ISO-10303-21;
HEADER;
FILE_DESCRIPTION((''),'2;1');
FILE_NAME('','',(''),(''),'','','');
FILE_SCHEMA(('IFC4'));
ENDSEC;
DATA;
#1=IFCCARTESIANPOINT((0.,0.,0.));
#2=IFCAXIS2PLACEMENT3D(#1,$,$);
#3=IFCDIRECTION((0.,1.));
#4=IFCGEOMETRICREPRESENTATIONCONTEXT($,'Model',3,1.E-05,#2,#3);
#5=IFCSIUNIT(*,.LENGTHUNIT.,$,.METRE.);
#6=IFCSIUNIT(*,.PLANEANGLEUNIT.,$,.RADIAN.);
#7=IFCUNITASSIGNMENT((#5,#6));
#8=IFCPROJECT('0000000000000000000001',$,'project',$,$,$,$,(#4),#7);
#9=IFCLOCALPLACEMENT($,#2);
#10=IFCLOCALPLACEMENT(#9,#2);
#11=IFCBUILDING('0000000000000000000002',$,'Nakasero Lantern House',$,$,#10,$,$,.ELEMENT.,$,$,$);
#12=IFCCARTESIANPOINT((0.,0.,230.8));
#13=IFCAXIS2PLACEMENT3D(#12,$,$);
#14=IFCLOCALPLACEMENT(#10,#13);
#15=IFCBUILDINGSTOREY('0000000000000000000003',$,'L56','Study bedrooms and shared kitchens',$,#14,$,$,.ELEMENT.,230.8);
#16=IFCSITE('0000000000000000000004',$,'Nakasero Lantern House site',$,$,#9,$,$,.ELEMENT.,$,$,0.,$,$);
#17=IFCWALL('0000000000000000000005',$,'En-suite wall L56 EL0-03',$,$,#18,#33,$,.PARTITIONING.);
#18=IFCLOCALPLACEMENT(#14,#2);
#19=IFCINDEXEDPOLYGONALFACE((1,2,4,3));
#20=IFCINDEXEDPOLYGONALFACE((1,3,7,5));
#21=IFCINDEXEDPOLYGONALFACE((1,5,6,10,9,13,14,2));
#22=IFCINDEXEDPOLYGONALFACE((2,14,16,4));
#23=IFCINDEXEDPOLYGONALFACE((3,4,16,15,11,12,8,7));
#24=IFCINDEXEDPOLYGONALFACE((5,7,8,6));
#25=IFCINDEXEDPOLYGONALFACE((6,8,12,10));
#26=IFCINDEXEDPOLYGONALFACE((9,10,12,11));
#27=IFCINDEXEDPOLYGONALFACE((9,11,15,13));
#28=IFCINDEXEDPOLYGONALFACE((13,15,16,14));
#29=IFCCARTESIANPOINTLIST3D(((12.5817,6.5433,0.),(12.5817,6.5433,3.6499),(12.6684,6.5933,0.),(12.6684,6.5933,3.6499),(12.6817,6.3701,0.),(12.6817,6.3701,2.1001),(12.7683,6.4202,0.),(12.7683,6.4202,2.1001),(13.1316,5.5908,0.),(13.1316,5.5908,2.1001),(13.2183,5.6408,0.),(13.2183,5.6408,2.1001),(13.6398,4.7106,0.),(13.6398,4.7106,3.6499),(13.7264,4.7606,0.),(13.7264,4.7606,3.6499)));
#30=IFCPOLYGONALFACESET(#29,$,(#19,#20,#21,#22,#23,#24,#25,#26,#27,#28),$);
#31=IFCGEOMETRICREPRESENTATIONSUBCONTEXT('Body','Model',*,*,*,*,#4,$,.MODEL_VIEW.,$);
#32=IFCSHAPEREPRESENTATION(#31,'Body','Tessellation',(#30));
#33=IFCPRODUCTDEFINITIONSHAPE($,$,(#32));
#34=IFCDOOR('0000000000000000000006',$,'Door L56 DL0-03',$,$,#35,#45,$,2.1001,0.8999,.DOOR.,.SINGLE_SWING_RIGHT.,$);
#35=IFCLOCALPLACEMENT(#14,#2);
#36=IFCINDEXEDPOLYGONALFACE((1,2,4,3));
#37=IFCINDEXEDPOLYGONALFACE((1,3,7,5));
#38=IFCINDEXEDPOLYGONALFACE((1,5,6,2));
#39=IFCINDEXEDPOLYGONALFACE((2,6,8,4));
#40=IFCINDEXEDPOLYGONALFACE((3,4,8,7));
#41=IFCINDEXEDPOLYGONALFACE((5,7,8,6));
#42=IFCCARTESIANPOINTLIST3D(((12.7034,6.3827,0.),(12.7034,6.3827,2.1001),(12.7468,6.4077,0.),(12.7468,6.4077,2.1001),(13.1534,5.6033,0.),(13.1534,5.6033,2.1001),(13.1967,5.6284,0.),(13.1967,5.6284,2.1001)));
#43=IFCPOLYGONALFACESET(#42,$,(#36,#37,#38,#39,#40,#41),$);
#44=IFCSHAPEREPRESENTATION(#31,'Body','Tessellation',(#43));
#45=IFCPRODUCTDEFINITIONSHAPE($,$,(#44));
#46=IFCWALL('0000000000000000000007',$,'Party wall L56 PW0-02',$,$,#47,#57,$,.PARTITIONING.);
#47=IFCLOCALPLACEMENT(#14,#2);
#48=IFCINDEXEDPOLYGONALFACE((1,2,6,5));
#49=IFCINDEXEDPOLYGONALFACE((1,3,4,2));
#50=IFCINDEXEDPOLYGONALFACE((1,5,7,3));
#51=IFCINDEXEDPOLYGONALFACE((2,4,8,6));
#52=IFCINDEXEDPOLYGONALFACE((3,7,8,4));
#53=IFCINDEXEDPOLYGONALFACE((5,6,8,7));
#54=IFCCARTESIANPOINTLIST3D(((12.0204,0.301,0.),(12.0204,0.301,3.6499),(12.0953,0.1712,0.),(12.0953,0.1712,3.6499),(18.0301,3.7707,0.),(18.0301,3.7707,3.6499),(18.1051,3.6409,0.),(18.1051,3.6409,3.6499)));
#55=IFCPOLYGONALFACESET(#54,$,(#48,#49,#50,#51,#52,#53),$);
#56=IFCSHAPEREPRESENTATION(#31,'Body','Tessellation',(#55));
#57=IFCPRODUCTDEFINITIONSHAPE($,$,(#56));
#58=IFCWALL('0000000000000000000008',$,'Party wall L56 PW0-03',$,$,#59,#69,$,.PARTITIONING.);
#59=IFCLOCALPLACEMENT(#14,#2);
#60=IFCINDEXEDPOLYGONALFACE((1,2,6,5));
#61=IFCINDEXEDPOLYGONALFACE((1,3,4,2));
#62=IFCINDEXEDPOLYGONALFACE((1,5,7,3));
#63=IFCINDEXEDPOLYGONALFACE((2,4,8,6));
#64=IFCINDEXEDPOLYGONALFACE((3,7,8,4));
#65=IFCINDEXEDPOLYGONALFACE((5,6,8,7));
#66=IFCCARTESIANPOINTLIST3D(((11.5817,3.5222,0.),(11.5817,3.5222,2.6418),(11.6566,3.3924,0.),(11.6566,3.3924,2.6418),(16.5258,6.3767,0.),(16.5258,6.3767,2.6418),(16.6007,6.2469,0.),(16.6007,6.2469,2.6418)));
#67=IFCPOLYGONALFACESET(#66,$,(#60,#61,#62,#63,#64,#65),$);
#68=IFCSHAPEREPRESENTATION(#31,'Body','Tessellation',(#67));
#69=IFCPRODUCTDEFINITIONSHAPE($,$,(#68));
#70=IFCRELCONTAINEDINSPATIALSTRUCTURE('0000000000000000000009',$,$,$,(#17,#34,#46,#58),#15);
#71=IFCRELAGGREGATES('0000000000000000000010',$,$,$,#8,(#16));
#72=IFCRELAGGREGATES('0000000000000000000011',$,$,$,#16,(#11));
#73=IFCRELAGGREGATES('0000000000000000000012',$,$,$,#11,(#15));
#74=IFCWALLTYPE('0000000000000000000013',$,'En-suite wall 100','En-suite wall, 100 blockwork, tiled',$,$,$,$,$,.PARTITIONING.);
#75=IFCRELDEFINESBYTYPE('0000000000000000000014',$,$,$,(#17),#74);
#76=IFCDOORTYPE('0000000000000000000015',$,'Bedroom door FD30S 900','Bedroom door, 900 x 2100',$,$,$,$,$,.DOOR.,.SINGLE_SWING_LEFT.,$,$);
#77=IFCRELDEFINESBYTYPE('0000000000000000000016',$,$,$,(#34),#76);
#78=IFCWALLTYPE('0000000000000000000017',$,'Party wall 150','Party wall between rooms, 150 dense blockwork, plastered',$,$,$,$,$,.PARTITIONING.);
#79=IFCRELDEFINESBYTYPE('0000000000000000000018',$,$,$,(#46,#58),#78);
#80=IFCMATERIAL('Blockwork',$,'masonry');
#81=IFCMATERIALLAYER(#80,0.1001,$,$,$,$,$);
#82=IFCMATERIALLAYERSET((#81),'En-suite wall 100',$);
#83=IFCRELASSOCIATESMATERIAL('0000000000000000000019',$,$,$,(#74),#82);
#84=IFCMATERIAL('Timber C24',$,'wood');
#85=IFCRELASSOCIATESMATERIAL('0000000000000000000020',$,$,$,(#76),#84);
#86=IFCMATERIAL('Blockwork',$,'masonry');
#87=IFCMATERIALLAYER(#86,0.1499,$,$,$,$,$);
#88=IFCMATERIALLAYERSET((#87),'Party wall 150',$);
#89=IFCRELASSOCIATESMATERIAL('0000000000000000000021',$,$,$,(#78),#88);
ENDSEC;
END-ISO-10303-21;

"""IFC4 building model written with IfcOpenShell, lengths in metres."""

from ifc_helpers import new_model, si_unit, direction, frame, frame_2d, origin, place, context, subcontext, project, spatial, rectangle, extrude, material, layer, layer_set, type_object, element, fill, save


model = new_model("IFC4")

# Units and contexts
model_context = context("Model", 3, precision=1e-05, world=origin(), true_north=direction((0.0, 1.0)))
body_context = subcontext(model_context, "Body", "Model", "MODEL_VIEW")
ifc_project = project(units=[si_unit("LENGTHUNIT", "METRE"), si_unit("PLANEANGLEUNIT", "RADIAN")], contexts=[model_context])

# Site, building, storey
site_placement = place(None, origin())
site = spatial("IfcSite", under=ifc_project, at=site_placement, Name="Nakasero Lantern House site", CompositionType="ELEMENT", RefElevation=0.0)
building_placement = place(site_placement, origin())
building = spatial("IfcBuilding", under=site, at=building_placement, Name="Nakasero Lantern House", CompositionType="ELEMENT")
storey_placement = place(building_placement, frame((0.0, 0.0, 230.8)))
storey = spatial("IfcBuildingStorey", under=building, at=storey_placement, Name="L56", Description="Study bedrooms and shared kitchens", CompositionType="ELEMENT", Elevation=230.8)

# Shared definitions
ifc_material_1 = material(Name="Blockwork", Category="masonry")
ifc_layer_1 = layer(ifc_material_1, 0.1001)
ifc_layer_set_1 = layer_set([ifc_layer_1], Name="En-suite wall 100")
wall_type_1 = type_object("IfcWallType", Name="En-suite wall 100", Description="En-suite wall, 100 blockwork, tiled", PredefinedType="PARTITIONING", material=ifc_layer_set_1)

# Wall, opening, door
wall_1_placement = place(storey_placement, frame((13.6831, 4.7356, 0.0), z_axis=(0.0, 0.0, 1.0), x_axis=(-0.499985, 0.866034, 0.0)))
wall_1 = element("IfcWall", 1, at=wall_1_placement, inside=storey, type_object=wall_type_1, Name="En-suite wall L56 EL0-03", PredefinedType="PARTITIONING", context=body_context, shape_type="SweptSolid", body=[
    extrude(rectangle(XDim=2.1162, YDim=0.1001, at=frame_2d((1.0581, 0.0))), origin(), (0.0, 0.0, 1.0), 3.6499),
])
opening_1_placement = place(wall_1_placement, frame((1.0164, 0.0, 0.0)))
opening_1 = element("IfcOpeningElement", 2, at=opening_1_placement, cuts=wall_1, PredefinedType="OPENING", context=body_context, shape_type="SweptSolid", body=[
    extrude(rectangle(XDim=0.8999, YDim=2.1001, at=frame_2d((0.45, 1.05))), frame((0.0, 0.0701, 0.0), z_axis=(0.0, -1.0, 0.0), x_axis=(1.0, 0.0, 0.0)), (0.0, 0.0, 1.0), 0.1401),
])
ifc_material_2 = material(Name="Timber C24", Category="wood")
door_type_1 = type_object("IfcDoorType", Name="Bedroom door FD30S 900", Description="Bedroom door, 900 x 2100", OperationType="SINGLE_SWING_LEFT", PredefinedType="DOOR", material=ifc_material_2)
door_1_placement = place(opening_1_placement, origin())
door_1 = element("IfcDoor", 3, at=door_1_placement, inside=storey, type_object=door_type_1, Name="Door L56 DL0-03", OperationType="SINGLE_SWING_RIGHT", OverallHeight=2.1001, OverallWidth=0.8999, PredefinedType="DOOR", context=body_context, shape_type="SweptSolid", body=[
    extrude(rectangle(XDim=0.8999, YDim=2.1001, at=frame_2d((0.45, 1.05))), frame((0.0, 0.0249, 0.0), z_axis=(0.0, -1.0, 0.0), x_axis=(1.0, 0.0, 0.0)), (0.0, 0.0, 1.0), 0.05),
])
fill(opening_1, door_1)

# Walls
ifc_material_3 = material(Name="Blockwork", Category="masonry")
ifc_layer_2 = layer(ifc_material_3, 0.1499)
ifc_layer_set_2 = layer_set([ifc_layer_2], Name="Party wall 150")
wall_type_2 = type_object("IfcWallType", Name="Party wall 150", Description="Party wall between rooms, 150 dense blockwork, plastered", PredefinedType="PARTITIONING", material=ifc_layer_set_2)
wall_2_placement = place(storey_placement, frame((12.0579, 0.2361, 0.0), z_axis=(0.0, 0.0, 1.0), x_axis=(0.866026, 0.499999, 0.0)))
element("IfcWall", 4, at=wall_2_placement, inside=storey, type_object=wall_type_2, Name="Party wall L56 PW0-02", PredefinedType="PARTITIONING", context=body_context, shape_type="SweptSolid", body=[
    extrude(rectangle(XDim=6.9395, YDim=0.1499, at=frame_2d((3.4697, 0.0))), origin(), (0.0, 0.0, 1.0), 3.6499),
])
wall_3_placement = place(storey_placement, frame((11.6191, 3.4573, 0.0), z_axis=(0.0, 0.0, 1.0), x_axis=(0.866024, 0.500003, 0.0)))
element("IfcWall", 5, at=wall_3_placement, inside=storey, type_object=wall_type_2, Name="Party wall L56 PW0-03", PredefinedType="PARTITIONING", context=body_context, shape_type="SweptSolid", body=[
    extrude(rectangle(XDim=5.709, YDim=0.1499, at=frame_2d((2.8545, 0.0))), origin(), (0.0, 0.0, 1.0), 2.6418),
])

save(model, "model.ifc")
